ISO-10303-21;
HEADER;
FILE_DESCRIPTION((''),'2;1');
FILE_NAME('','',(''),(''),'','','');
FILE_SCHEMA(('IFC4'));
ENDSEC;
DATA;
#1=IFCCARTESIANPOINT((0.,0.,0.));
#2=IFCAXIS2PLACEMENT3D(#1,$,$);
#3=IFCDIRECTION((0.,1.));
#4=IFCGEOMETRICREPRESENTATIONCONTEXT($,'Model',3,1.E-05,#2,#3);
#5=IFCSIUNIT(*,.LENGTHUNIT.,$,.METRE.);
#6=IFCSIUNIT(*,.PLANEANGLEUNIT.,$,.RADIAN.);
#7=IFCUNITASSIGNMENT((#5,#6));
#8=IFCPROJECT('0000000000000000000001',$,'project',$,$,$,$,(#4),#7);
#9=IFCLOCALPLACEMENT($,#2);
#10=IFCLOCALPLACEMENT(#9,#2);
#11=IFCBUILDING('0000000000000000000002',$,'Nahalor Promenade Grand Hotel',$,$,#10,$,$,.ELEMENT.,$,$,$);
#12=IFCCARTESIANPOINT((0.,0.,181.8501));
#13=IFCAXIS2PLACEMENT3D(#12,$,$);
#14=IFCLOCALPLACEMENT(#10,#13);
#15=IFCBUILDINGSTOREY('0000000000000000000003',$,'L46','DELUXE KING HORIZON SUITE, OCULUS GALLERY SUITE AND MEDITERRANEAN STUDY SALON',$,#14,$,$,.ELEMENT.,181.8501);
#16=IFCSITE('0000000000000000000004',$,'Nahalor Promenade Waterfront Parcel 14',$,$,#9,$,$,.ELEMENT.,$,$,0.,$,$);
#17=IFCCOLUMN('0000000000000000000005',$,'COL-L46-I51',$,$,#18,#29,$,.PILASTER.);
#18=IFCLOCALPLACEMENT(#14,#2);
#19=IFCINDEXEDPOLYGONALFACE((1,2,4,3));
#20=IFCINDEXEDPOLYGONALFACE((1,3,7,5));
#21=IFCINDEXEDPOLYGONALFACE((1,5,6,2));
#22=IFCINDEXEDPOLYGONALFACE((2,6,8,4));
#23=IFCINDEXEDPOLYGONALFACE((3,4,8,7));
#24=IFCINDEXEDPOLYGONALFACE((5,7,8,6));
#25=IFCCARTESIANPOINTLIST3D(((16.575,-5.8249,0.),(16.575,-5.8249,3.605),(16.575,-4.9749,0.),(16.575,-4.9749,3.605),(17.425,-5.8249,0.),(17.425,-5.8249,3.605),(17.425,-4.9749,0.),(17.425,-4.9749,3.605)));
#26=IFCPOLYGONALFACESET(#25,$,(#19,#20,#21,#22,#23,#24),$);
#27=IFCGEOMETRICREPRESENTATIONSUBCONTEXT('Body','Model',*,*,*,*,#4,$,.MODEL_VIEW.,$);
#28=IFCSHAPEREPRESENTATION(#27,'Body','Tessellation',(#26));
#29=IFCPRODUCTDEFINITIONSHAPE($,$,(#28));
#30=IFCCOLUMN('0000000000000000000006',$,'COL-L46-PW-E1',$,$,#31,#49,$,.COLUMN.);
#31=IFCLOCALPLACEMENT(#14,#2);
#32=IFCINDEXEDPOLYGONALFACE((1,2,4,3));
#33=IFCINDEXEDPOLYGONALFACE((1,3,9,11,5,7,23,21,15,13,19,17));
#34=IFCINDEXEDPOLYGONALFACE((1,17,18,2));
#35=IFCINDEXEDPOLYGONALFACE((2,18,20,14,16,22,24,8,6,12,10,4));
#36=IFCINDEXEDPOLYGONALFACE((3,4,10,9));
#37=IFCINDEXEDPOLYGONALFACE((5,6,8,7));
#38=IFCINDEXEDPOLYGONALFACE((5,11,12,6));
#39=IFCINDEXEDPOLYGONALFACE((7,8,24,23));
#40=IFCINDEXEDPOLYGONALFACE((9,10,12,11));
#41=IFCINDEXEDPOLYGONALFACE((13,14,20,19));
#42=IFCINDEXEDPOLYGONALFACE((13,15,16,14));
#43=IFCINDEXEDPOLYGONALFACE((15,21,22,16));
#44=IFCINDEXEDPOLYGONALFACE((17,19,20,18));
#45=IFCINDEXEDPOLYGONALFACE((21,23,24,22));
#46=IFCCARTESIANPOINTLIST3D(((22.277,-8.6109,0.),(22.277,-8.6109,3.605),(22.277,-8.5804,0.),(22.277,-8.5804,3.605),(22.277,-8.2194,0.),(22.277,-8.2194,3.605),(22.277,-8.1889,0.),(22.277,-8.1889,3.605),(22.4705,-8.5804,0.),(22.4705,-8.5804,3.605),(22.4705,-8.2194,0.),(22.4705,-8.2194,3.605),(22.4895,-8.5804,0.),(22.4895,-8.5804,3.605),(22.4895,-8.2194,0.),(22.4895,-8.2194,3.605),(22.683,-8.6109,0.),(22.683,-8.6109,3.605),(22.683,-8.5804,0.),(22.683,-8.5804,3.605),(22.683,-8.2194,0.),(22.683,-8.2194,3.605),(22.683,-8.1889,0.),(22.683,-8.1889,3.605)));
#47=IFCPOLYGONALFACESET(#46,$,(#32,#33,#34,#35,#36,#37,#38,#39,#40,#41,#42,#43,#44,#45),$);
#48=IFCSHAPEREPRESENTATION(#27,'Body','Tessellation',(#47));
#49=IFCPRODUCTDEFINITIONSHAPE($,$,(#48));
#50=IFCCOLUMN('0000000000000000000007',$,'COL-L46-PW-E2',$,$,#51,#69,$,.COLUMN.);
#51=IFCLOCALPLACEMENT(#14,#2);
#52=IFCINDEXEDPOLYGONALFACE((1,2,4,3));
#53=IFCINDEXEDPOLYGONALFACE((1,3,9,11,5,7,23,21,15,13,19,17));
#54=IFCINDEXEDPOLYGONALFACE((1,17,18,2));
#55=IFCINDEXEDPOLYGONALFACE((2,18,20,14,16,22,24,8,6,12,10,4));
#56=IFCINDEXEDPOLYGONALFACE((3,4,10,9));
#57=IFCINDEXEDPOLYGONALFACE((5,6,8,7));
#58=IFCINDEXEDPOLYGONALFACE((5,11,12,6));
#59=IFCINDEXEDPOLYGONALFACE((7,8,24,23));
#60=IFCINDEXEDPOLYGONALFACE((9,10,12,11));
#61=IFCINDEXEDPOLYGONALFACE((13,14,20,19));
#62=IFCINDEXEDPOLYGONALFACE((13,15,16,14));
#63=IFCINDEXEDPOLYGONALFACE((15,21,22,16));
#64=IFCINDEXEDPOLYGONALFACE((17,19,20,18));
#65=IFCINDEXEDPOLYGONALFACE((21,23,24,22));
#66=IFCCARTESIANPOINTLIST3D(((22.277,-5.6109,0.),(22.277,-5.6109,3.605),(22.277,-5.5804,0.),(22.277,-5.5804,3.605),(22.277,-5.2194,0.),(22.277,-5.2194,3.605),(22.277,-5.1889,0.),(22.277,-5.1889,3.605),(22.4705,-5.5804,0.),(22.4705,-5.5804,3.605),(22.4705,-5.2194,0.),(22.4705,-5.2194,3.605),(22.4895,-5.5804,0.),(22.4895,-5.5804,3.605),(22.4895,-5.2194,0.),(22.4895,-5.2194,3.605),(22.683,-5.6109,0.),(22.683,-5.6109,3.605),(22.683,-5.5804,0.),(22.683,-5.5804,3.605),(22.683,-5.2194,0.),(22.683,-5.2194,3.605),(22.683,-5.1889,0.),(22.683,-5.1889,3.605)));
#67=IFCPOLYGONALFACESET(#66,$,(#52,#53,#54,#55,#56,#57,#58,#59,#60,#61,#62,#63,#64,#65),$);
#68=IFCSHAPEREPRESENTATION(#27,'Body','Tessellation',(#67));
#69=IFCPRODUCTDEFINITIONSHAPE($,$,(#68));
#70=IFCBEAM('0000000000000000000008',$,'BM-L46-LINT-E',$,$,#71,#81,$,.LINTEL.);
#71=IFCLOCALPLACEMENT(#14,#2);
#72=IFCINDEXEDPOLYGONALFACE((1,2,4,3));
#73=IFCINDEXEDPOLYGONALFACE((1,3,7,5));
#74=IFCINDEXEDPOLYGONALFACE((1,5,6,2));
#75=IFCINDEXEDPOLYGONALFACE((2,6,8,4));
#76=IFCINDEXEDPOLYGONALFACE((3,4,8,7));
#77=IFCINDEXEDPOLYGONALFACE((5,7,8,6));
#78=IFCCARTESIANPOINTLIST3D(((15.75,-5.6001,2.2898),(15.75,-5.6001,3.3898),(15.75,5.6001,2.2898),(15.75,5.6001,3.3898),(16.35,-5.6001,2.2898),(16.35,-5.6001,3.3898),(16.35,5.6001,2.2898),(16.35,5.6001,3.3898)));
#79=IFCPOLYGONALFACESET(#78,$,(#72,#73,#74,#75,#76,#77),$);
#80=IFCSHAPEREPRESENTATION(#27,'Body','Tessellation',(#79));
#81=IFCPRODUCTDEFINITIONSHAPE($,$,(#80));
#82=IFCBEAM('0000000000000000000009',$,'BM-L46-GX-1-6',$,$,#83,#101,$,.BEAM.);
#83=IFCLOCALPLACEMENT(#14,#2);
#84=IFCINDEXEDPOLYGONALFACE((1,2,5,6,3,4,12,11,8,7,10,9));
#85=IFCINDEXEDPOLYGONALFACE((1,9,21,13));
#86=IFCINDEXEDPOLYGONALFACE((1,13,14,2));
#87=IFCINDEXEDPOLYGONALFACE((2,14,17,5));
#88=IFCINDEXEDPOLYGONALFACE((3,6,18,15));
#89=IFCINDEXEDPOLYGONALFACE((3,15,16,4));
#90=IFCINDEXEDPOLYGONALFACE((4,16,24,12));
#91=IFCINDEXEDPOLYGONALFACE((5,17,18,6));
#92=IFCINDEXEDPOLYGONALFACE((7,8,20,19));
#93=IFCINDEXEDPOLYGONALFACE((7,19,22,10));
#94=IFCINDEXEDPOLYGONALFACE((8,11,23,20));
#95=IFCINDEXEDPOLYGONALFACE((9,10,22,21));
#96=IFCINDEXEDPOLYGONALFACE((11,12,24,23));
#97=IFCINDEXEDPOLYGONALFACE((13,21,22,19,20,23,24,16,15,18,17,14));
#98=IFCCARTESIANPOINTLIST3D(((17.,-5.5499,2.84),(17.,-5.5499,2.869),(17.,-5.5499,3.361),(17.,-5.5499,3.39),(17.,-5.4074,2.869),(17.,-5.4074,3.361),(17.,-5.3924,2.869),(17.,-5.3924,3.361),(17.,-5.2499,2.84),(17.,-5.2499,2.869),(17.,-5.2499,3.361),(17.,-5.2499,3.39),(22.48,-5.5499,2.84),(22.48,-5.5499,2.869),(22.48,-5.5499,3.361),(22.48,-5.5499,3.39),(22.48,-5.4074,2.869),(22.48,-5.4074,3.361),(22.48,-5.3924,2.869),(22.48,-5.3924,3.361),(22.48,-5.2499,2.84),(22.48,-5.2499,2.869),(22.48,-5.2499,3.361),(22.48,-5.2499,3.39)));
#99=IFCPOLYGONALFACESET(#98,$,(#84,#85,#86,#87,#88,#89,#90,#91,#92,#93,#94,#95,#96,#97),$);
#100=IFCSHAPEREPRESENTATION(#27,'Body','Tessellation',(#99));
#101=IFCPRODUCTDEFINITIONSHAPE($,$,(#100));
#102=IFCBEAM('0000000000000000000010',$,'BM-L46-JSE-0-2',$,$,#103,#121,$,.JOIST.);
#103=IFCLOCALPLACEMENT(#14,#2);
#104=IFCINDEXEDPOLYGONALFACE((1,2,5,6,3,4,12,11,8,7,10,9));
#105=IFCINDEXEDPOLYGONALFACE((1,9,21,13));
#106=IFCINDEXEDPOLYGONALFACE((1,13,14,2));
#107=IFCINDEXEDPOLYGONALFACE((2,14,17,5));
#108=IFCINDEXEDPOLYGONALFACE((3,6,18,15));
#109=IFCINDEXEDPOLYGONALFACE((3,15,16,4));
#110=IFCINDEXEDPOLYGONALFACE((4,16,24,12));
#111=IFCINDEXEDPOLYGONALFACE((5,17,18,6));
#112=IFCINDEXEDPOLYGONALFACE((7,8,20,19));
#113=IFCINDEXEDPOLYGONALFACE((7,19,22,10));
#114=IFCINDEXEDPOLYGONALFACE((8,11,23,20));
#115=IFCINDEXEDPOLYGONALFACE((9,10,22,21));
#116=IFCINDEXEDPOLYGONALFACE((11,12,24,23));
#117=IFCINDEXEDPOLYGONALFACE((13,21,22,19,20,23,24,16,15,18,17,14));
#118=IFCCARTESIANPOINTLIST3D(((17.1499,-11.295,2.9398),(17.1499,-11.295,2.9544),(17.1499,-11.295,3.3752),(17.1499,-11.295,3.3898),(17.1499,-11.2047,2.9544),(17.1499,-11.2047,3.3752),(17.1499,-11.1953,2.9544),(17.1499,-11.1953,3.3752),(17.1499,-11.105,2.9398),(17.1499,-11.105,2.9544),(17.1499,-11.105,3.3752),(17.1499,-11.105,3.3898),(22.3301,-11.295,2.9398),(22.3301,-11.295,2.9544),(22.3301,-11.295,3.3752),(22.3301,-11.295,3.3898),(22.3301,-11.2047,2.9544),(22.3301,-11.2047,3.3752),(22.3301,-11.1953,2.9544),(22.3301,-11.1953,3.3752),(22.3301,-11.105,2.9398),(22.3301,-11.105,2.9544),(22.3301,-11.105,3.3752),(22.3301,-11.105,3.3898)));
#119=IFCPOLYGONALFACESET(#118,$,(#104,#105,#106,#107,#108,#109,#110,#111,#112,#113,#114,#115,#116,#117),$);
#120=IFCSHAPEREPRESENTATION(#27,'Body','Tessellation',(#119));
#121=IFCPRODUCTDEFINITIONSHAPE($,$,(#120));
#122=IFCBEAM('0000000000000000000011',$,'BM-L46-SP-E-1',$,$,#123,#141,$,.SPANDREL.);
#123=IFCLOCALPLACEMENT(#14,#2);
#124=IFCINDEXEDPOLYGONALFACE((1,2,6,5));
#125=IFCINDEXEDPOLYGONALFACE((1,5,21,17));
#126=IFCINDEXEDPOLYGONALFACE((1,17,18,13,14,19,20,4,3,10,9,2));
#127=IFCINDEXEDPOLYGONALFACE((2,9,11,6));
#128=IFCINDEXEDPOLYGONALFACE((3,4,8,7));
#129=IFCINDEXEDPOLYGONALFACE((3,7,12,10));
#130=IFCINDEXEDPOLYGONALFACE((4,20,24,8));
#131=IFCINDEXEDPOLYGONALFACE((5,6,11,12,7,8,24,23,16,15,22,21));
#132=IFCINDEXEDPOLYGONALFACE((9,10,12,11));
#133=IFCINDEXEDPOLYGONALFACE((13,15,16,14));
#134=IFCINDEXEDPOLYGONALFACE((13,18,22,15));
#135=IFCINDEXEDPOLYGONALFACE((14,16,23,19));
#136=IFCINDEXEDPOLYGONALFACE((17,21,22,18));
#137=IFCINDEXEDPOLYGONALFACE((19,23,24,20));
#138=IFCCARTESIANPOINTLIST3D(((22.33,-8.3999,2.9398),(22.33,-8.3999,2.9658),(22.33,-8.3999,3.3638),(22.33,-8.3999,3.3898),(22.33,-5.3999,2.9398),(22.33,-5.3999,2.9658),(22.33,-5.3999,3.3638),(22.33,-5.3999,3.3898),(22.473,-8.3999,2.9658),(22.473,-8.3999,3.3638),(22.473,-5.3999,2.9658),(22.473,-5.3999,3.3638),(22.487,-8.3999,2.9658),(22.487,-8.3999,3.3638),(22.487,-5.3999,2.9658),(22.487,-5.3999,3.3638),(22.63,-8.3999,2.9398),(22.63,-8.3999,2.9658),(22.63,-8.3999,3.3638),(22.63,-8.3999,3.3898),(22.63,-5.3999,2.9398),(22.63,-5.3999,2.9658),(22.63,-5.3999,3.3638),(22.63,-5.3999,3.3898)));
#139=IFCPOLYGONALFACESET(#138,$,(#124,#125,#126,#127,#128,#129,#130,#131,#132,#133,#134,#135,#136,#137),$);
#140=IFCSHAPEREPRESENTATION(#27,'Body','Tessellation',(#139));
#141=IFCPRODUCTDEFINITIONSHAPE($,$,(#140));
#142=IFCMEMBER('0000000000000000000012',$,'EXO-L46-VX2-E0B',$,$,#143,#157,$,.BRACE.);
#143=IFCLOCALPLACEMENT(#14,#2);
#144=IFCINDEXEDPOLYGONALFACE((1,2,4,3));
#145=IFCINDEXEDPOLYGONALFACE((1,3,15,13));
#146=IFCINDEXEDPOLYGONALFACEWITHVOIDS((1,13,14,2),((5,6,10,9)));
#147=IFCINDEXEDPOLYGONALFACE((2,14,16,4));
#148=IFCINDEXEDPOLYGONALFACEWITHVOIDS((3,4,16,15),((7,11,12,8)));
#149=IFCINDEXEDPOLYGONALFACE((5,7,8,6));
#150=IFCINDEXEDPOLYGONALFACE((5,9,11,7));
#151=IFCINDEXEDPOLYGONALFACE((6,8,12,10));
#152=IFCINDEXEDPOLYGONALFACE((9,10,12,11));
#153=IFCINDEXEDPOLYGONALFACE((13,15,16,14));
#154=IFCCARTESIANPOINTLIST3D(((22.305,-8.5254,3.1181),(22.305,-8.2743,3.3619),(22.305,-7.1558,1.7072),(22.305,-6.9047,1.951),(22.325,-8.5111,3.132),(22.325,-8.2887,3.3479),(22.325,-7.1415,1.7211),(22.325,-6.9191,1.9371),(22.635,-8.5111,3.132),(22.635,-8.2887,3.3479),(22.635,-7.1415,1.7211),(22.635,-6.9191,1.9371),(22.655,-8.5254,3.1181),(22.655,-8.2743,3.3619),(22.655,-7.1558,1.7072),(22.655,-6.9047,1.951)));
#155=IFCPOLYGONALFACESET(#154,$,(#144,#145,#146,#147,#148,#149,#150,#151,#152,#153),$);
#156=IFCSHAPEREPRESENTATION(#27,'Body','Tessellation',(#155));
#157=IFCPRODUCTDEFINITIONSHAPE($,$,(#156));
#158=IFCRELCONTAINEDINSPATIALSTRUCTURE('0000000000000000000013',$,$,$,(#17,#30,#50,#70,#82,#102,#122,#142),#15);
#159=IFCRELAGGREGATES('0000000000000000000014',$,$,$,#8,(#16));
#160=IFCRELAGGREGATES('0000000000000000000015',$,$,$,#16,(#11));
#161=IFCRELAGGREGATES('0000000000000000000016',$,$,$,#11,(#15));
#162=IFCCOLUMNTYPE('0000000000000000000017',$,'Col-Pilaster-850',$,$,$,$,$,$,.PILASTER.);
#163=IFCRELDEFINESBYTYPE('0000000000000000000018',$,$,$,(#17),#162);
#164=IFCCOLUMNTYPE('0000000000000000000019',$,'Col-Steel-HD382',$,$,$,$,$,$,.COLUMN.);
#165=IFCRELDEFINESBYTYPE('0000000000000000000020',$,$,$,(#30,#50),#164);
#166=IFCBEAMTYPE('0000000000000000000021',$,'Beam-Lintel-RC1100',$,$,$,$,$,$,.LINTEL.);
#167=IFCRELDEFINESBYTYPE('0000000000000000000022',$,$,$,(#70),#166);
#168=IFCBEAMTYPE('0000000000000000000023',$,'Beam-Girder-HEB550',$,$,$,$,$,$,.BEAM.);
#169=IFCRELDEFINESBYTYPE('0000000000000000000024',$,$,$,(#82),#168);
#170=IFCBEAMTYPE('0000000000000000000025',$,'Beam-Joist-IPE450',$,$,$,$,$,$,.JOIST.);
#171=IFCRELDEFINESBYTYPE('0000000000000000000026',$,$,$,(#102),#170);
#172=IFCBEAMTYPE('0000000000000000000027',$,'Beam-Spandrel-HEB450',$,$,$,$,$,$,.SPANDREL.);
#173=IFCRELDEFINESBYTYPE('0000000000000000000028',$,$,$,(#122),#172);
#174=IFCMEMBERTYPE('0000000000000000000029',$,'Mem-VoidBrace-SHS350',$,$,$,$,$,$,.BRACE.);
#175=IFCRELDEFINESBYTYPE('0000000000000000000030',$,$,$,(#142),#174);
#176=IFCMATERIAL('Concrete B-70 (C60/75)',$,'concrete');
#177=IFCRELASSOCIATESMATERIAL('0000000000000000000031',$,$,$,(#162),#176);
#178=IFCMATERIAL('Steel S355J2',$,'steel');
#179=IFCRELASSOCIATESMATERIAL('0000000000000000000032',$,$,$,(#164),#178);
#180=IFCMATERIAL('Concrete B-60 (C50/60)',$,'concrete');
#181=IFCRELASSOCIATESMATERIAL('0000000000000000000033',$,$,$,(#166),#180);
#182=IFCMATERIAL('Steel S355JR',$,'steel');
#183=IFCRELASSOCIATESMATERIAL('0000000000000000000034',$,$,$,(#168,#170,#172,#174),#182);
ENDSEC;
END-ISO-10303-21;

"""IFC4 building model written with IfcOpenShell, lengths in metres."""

from ifc_helpers import new_model, si_unit, direction, frame, origin, origin_2d, place, context, subcontext, project, spatial, rectangle, hollow_rectangle, i_section, extrude, source, transform, mapped, material, material_profile, profile_set, type_object, element, save


model = new_model("IFC4")

# Units and contexts
model_context = context("Model", 3, precision=1e-05, world=origin(), true_north=direction((0.0, 1.0)))
body_context = subcontext(model_context, "Body", "Model", "MODEL_VIEW")
ifc_project = project(units=[si_unit("LENGTHUNIT", "METRE"), si_unit("PLANEANGLEUNIT", "RADIAN")], contexts=[model_context])

# Site, building, storey
site_placement = place(None, origin())
site = spatial("IfcSite", under=ifc_project, at=site_placement, Name="Nahalor Promenade Waterfront Parcel 14", CompositionType="ELEMENT", RefElevation=0.0)
building_placement = place(site_placement, origin())
building = spatial("IfcBuilding", under=site, at=building_placement, Name="Nahalor Promenade Grand Hotel", CompositionType="ELEMENT")
storey_placement = place(building_placement, frame((0.0, 0.0, 181.8501)))
storey = spatial("IfcBuildingStorey", under=building, at=storey_placement, Name="L46", Description="DELUXE KING HORIZON SUITE, OCULUS GALLERY SUITE AND MEDITERRANEAN STUDY SALON", CompositionType="ELEMENT", Elevation=181.8501)

# Columns
ifc_material_1 = material(Name="Concrete B-70 (C60/75)", Category="concrete")
ifc_material_profile_1 = material_profile(ifc_material_1, rectangle(XDim=0.85, YDim=0.85, at=origin_2d()), Name="RC 850x850")
ifc_profile_set_1 = profile_set([ifc_material_profile_1], Name="Concrete B-70 (C60/75)")
column_type_1 = type_object("IfcColumnType", Name="Col-Pilaster-850", PredefinedType="PILASTER", material=ifc_profile_set_1)
shared_shape_1 = source(origin(), body_context, "Body", "SweptSolid", [
    extrude(rectangle(XDim=0.85, YDim=0.85, at=origin_2d()), origin(), (0.0, 0.0, 1.0), 3.605),
])
column_placement = place(storey_placement, frame((17.0, -5.3999, 0.0), z_axis=(0.0, 0.0, 1.0), x_axis=(1.0, 0.0, 0.0)))
element("IfcColumn", 1, at=column_placement, inside=storey, type_object=column_type_1, Name="COL-L46-I51", PredefinedType="PILASTER", context=body_context, shape_type="MappedRepresentation", body=[
    mapped(shared_shape_1, transform((0.0, 0.0, 0.0), scale=1.0)),
])
ifc_material_2 = material(Name="Steel S355J2", Category="steel")
ifc_material_profile_2 = material_profile(ifc_material_2, i_section(OverallWidth=0.406, OverallDepth=0.422, WebThickness=0.019, FlangeThickness=0.0305, at=origin_2d()), Name="HD 400x382")
ifc_profile_set_2 = profile_set([ifc_material_profile_2], Name="Steel S355J2")
column_type_2 = type_object("IfcColumnType", Name="Col-Steel-HD382", PredefinedType="COLUMN", material=ifc_profile_set_2)
shared_shape_2 = source(origin(), body_context, "Body", "SweptSolid", [
    extrude(i_section(OverallWidth=0.406, OverallDepth=0.422, WebThickness=0.019, FlangeThickness=0.0305, at=origin_2d()), origin(), (0.0, 0.0, 1.0), 3.605),
])
for number, where, z_axis, x_axis, name in (
    (2, (22.48, -8.3999, 0.0), (0.0, 0.0, 1.0), (1.0, 0.0, 0.0), "COL-L46-PW-E1"),
    (3, (22.48, -5.3999, 0.0), (0.0, 0.0, 1.0), (1.0, 0.0, 0.0), "COL-L46-PW-E2"),
):
    element("IfcColumn", number, at=place(storey_placement, frame(where, z_axis=z_axis, x_axis=x_axis)), inside=storey, type_object=column_type_2, Name=name, PredefinedType="COLUMN", context=body_context, shape_type="MappedRepresentation", body=[
        mapped(shared_shape_2, transform((0.0, 0.0, 0.0), scale=1.0)),
    ])

# Beams
ifc_material_3 = material(Name="Concrete B-60 (C50/60)", Category="concrete")
ifc_material_profile_3 = material_profile(ifc_material_3, rectangle(XDim=0.6, YDim=1.1, at=origin_2d()), Name="RC 600x1100")
ifc_profile_set_3 = profile_set([ifc_material_profile_3], Name="Concrete B-60 (C50/60)")
beam_type_1 = type_object("IfcBeamType", Name="Beam-Lintel-RC1100", PredefinedType="LINTEL", material=ifc_profile_set_3)
shared_shape_3 = source(origin(), body_context, "Body", "SweptSolid", [
    extrude(rectangle(XDim=0.6, YDim=1.1, at=origin_2d()), origin(), (0.0, 0.0, 1.0), 11.2002),
])
beam_1_placement = place(storey_placement, frame((16.05, -5.6001, 2.8398), z_axis=(0.0, 1.0, 0.0), x_axis=(-1.0, 0.0, 0.0)))
element("IfcBeam", 4, at=beam_1_placement, inside=storey, type_object=beam_type_1, Name="BM-L46-LINT-E", PredefinedType="LINTEL", context=body_context, shape_type="MappedRepresentation", body=[
    mapped(shared_shape_3, transform((0.0, 0.0, 0.0), scale=1.0)),
])
ifc_material_4 = material(Name="Steel S355JR", Category="steel")
ifc_material_profile_4 = material_profile(ifc_material_4, i_section(OverallWidth=0.3, OverallDepth=0.55, WebThickness=0.015, FlangeThickness=0.029, at=origin_2d()), Name="HEB 550")
ifc_profile_set_4 = profile_set([ifc_material_profile_4], Name="Steel S355JR")
beam_type_2 = type_object("IfcBeamType", Name="Beam-Girder-HEB550", PredefinedType="BEAM", material=ifc_profile_set_4)
shared_shape_4 = source(origin(), body_context, "Body", "SweptSolid", [
    extrude(i_section(OverallWidth=0.3, OverallDepth=0.55, WebThickness=0.015, FlangeThickness=0.029, at=origin_2d()), origin(), (0.0, 0.0, 1.0), 5.48),
])
beam_2_placement = place(storey_placement, frame((17.0, -5.3999, 3.115), z_axis=(1.0, 0.0, 0.0), x_axis=(0.0, 1.0, 0.0)))
element("IfcBeam", 5, at=beam_2_placement, inside=storey, type_object=beam_type_2, Name="BM-L46-GX-1-6", PredefinedType="BEAM", context=body_context, shape_type="MappedRepresentation", body=[
    mapped(shared_shape_4, transform((0.0, 0.0, 0.0), scale=1.0)),
])
ifc_material_profile_5 = material_profile(ifc_material_4, i_section(OverallWidth=0.19, OverallDepth=0.45, WebThickness=0.0094, FlangeThickness=0.0146, at=origin_2d()), Name="IPE 450")
ifc_profile_set_5 = profile_set([ifc_material_profile_5], Name="Steel S355JR")
beam_type_3 = type_object("IfcBeamType", Name="Beam-Joist-IPE450", PredefinedType="JOIST", material=ifc_profile_set_5)
shared_shape_5 = source(origin(), body_context, "Body", "SweptSolid", [
    extrude(i_section(OverallWidth=0.19, OverallDepth=0.45, WebThickness=0.0094, FlangeThickness=0.0146, at=origin_2d()), origin(), (0.0, 0.0, 1.0), 5.1802),
])
beam_3_placement = place(storey_placement, frame((17.1499, -11.2, 3.1648), z_axis=(1.0, 0.0, 0.0), x_axis=(0.0, 1.0, 0.0)))
element("IfcBeam", 6, at=beam_3_placement, inside=storey, type_object=beam_type_3, Name="BM-L46-JSE-0-2", PredefinedType="JOIST", context=body_context, shape_type="MappedRepresentation", body=[
    mapped(shared_shape_5, transform((0.0, 0.0, 0.0), scale=1.0)),
])
ifc_material_profile_6 = material_profile(ifc_material_4, i_section(OverallWidth=0.3, OverallDepth=0.45, WebThickness=0.014, FlangeThickness=0.026, at=origin_2d()), Name="HEB 450")
ifc_profile_set_6 = profile_set([ifc_material_profile_6], Name="Steel S355JR")
beam_type_4 = type_object("IfcBeamType", Name="Beam-Spandrel-HEB450", PredefinedType="SPANDREL", material=ifc_profile_set_6)
shared_shape_6 = source(origin(), body_context, "Body", "SweptSolid", [
    extrude(i_section(OverallWidth=0.3, OverallDepth=0.45, WebThickness=0.014, FlangeThickness=0.026, at=origin_2d()), origin(), (0.0, 0.0, 1.0), 3.0),
])
beam_4_placement = place(storey_placement, frame((22.48, -8.3999, 3.1648), z_axis=(0.0, 1.0, 0.0), x_axis=(-1.0, 0.0, 0.0)))
element("IfcBeam", 7, at=beam_4_placement, inside=storey, type_object=beam_type_4, Name="BM-L46-SP-E-1", PredefinedType="SPANDREL", context=body_context, shape_type="MappedRepresentation", body=[
    mapped(shared_shape_6, transform((0.0, 0.0, 0.0), scale=1.0)),
])

# Member
ifc_material_profile_7 = material_profile(ifc_material_4, hollow_rectangle(XDim=0.35, YDim=0.35, WallThickness=0.02, at=origin_2d()), Name="SHS 350x350x20")
ifc_profile_set_7 = profile_set([ifc_material_profile_7], Name="Steel S355JR")
member_type_1 = type_object("IfcMemberType", Name="Mem-VoidBrace-SHS350", PredefinedType="BRACE", material=ifc_profile_set_7)
shared_shape_7 = source(origin(), body_context, "Body", "SweptSolid", [
    extrude(hollow_rectangle(XDim=0.35, YDim=0.35, WallThickness=0.02, at=origin_2d()), origin(), (0.0, 0.0, 1.0), 1.9663),
])
member_1_placement = place(storey_placement, frame((22.48, -7.0303, 1.8291), z_axis=(0.0, -0.696537, 0.71752), x_axis=(1.0, 0.0, 0.0)))
element("IfcMember", 8, at=member_1_placement, inside=storey, type_object=member_type_1, Name="EXO-L46-VX2-E0B", PredefinedType="BRACE", context=body_context, shape_type="MappedRepresentation", body=[
    mapped(shared_shape_7, transform((0.0, 0.0, 0.0), scale=1.0)),
])

save(model, "model.ifc")
